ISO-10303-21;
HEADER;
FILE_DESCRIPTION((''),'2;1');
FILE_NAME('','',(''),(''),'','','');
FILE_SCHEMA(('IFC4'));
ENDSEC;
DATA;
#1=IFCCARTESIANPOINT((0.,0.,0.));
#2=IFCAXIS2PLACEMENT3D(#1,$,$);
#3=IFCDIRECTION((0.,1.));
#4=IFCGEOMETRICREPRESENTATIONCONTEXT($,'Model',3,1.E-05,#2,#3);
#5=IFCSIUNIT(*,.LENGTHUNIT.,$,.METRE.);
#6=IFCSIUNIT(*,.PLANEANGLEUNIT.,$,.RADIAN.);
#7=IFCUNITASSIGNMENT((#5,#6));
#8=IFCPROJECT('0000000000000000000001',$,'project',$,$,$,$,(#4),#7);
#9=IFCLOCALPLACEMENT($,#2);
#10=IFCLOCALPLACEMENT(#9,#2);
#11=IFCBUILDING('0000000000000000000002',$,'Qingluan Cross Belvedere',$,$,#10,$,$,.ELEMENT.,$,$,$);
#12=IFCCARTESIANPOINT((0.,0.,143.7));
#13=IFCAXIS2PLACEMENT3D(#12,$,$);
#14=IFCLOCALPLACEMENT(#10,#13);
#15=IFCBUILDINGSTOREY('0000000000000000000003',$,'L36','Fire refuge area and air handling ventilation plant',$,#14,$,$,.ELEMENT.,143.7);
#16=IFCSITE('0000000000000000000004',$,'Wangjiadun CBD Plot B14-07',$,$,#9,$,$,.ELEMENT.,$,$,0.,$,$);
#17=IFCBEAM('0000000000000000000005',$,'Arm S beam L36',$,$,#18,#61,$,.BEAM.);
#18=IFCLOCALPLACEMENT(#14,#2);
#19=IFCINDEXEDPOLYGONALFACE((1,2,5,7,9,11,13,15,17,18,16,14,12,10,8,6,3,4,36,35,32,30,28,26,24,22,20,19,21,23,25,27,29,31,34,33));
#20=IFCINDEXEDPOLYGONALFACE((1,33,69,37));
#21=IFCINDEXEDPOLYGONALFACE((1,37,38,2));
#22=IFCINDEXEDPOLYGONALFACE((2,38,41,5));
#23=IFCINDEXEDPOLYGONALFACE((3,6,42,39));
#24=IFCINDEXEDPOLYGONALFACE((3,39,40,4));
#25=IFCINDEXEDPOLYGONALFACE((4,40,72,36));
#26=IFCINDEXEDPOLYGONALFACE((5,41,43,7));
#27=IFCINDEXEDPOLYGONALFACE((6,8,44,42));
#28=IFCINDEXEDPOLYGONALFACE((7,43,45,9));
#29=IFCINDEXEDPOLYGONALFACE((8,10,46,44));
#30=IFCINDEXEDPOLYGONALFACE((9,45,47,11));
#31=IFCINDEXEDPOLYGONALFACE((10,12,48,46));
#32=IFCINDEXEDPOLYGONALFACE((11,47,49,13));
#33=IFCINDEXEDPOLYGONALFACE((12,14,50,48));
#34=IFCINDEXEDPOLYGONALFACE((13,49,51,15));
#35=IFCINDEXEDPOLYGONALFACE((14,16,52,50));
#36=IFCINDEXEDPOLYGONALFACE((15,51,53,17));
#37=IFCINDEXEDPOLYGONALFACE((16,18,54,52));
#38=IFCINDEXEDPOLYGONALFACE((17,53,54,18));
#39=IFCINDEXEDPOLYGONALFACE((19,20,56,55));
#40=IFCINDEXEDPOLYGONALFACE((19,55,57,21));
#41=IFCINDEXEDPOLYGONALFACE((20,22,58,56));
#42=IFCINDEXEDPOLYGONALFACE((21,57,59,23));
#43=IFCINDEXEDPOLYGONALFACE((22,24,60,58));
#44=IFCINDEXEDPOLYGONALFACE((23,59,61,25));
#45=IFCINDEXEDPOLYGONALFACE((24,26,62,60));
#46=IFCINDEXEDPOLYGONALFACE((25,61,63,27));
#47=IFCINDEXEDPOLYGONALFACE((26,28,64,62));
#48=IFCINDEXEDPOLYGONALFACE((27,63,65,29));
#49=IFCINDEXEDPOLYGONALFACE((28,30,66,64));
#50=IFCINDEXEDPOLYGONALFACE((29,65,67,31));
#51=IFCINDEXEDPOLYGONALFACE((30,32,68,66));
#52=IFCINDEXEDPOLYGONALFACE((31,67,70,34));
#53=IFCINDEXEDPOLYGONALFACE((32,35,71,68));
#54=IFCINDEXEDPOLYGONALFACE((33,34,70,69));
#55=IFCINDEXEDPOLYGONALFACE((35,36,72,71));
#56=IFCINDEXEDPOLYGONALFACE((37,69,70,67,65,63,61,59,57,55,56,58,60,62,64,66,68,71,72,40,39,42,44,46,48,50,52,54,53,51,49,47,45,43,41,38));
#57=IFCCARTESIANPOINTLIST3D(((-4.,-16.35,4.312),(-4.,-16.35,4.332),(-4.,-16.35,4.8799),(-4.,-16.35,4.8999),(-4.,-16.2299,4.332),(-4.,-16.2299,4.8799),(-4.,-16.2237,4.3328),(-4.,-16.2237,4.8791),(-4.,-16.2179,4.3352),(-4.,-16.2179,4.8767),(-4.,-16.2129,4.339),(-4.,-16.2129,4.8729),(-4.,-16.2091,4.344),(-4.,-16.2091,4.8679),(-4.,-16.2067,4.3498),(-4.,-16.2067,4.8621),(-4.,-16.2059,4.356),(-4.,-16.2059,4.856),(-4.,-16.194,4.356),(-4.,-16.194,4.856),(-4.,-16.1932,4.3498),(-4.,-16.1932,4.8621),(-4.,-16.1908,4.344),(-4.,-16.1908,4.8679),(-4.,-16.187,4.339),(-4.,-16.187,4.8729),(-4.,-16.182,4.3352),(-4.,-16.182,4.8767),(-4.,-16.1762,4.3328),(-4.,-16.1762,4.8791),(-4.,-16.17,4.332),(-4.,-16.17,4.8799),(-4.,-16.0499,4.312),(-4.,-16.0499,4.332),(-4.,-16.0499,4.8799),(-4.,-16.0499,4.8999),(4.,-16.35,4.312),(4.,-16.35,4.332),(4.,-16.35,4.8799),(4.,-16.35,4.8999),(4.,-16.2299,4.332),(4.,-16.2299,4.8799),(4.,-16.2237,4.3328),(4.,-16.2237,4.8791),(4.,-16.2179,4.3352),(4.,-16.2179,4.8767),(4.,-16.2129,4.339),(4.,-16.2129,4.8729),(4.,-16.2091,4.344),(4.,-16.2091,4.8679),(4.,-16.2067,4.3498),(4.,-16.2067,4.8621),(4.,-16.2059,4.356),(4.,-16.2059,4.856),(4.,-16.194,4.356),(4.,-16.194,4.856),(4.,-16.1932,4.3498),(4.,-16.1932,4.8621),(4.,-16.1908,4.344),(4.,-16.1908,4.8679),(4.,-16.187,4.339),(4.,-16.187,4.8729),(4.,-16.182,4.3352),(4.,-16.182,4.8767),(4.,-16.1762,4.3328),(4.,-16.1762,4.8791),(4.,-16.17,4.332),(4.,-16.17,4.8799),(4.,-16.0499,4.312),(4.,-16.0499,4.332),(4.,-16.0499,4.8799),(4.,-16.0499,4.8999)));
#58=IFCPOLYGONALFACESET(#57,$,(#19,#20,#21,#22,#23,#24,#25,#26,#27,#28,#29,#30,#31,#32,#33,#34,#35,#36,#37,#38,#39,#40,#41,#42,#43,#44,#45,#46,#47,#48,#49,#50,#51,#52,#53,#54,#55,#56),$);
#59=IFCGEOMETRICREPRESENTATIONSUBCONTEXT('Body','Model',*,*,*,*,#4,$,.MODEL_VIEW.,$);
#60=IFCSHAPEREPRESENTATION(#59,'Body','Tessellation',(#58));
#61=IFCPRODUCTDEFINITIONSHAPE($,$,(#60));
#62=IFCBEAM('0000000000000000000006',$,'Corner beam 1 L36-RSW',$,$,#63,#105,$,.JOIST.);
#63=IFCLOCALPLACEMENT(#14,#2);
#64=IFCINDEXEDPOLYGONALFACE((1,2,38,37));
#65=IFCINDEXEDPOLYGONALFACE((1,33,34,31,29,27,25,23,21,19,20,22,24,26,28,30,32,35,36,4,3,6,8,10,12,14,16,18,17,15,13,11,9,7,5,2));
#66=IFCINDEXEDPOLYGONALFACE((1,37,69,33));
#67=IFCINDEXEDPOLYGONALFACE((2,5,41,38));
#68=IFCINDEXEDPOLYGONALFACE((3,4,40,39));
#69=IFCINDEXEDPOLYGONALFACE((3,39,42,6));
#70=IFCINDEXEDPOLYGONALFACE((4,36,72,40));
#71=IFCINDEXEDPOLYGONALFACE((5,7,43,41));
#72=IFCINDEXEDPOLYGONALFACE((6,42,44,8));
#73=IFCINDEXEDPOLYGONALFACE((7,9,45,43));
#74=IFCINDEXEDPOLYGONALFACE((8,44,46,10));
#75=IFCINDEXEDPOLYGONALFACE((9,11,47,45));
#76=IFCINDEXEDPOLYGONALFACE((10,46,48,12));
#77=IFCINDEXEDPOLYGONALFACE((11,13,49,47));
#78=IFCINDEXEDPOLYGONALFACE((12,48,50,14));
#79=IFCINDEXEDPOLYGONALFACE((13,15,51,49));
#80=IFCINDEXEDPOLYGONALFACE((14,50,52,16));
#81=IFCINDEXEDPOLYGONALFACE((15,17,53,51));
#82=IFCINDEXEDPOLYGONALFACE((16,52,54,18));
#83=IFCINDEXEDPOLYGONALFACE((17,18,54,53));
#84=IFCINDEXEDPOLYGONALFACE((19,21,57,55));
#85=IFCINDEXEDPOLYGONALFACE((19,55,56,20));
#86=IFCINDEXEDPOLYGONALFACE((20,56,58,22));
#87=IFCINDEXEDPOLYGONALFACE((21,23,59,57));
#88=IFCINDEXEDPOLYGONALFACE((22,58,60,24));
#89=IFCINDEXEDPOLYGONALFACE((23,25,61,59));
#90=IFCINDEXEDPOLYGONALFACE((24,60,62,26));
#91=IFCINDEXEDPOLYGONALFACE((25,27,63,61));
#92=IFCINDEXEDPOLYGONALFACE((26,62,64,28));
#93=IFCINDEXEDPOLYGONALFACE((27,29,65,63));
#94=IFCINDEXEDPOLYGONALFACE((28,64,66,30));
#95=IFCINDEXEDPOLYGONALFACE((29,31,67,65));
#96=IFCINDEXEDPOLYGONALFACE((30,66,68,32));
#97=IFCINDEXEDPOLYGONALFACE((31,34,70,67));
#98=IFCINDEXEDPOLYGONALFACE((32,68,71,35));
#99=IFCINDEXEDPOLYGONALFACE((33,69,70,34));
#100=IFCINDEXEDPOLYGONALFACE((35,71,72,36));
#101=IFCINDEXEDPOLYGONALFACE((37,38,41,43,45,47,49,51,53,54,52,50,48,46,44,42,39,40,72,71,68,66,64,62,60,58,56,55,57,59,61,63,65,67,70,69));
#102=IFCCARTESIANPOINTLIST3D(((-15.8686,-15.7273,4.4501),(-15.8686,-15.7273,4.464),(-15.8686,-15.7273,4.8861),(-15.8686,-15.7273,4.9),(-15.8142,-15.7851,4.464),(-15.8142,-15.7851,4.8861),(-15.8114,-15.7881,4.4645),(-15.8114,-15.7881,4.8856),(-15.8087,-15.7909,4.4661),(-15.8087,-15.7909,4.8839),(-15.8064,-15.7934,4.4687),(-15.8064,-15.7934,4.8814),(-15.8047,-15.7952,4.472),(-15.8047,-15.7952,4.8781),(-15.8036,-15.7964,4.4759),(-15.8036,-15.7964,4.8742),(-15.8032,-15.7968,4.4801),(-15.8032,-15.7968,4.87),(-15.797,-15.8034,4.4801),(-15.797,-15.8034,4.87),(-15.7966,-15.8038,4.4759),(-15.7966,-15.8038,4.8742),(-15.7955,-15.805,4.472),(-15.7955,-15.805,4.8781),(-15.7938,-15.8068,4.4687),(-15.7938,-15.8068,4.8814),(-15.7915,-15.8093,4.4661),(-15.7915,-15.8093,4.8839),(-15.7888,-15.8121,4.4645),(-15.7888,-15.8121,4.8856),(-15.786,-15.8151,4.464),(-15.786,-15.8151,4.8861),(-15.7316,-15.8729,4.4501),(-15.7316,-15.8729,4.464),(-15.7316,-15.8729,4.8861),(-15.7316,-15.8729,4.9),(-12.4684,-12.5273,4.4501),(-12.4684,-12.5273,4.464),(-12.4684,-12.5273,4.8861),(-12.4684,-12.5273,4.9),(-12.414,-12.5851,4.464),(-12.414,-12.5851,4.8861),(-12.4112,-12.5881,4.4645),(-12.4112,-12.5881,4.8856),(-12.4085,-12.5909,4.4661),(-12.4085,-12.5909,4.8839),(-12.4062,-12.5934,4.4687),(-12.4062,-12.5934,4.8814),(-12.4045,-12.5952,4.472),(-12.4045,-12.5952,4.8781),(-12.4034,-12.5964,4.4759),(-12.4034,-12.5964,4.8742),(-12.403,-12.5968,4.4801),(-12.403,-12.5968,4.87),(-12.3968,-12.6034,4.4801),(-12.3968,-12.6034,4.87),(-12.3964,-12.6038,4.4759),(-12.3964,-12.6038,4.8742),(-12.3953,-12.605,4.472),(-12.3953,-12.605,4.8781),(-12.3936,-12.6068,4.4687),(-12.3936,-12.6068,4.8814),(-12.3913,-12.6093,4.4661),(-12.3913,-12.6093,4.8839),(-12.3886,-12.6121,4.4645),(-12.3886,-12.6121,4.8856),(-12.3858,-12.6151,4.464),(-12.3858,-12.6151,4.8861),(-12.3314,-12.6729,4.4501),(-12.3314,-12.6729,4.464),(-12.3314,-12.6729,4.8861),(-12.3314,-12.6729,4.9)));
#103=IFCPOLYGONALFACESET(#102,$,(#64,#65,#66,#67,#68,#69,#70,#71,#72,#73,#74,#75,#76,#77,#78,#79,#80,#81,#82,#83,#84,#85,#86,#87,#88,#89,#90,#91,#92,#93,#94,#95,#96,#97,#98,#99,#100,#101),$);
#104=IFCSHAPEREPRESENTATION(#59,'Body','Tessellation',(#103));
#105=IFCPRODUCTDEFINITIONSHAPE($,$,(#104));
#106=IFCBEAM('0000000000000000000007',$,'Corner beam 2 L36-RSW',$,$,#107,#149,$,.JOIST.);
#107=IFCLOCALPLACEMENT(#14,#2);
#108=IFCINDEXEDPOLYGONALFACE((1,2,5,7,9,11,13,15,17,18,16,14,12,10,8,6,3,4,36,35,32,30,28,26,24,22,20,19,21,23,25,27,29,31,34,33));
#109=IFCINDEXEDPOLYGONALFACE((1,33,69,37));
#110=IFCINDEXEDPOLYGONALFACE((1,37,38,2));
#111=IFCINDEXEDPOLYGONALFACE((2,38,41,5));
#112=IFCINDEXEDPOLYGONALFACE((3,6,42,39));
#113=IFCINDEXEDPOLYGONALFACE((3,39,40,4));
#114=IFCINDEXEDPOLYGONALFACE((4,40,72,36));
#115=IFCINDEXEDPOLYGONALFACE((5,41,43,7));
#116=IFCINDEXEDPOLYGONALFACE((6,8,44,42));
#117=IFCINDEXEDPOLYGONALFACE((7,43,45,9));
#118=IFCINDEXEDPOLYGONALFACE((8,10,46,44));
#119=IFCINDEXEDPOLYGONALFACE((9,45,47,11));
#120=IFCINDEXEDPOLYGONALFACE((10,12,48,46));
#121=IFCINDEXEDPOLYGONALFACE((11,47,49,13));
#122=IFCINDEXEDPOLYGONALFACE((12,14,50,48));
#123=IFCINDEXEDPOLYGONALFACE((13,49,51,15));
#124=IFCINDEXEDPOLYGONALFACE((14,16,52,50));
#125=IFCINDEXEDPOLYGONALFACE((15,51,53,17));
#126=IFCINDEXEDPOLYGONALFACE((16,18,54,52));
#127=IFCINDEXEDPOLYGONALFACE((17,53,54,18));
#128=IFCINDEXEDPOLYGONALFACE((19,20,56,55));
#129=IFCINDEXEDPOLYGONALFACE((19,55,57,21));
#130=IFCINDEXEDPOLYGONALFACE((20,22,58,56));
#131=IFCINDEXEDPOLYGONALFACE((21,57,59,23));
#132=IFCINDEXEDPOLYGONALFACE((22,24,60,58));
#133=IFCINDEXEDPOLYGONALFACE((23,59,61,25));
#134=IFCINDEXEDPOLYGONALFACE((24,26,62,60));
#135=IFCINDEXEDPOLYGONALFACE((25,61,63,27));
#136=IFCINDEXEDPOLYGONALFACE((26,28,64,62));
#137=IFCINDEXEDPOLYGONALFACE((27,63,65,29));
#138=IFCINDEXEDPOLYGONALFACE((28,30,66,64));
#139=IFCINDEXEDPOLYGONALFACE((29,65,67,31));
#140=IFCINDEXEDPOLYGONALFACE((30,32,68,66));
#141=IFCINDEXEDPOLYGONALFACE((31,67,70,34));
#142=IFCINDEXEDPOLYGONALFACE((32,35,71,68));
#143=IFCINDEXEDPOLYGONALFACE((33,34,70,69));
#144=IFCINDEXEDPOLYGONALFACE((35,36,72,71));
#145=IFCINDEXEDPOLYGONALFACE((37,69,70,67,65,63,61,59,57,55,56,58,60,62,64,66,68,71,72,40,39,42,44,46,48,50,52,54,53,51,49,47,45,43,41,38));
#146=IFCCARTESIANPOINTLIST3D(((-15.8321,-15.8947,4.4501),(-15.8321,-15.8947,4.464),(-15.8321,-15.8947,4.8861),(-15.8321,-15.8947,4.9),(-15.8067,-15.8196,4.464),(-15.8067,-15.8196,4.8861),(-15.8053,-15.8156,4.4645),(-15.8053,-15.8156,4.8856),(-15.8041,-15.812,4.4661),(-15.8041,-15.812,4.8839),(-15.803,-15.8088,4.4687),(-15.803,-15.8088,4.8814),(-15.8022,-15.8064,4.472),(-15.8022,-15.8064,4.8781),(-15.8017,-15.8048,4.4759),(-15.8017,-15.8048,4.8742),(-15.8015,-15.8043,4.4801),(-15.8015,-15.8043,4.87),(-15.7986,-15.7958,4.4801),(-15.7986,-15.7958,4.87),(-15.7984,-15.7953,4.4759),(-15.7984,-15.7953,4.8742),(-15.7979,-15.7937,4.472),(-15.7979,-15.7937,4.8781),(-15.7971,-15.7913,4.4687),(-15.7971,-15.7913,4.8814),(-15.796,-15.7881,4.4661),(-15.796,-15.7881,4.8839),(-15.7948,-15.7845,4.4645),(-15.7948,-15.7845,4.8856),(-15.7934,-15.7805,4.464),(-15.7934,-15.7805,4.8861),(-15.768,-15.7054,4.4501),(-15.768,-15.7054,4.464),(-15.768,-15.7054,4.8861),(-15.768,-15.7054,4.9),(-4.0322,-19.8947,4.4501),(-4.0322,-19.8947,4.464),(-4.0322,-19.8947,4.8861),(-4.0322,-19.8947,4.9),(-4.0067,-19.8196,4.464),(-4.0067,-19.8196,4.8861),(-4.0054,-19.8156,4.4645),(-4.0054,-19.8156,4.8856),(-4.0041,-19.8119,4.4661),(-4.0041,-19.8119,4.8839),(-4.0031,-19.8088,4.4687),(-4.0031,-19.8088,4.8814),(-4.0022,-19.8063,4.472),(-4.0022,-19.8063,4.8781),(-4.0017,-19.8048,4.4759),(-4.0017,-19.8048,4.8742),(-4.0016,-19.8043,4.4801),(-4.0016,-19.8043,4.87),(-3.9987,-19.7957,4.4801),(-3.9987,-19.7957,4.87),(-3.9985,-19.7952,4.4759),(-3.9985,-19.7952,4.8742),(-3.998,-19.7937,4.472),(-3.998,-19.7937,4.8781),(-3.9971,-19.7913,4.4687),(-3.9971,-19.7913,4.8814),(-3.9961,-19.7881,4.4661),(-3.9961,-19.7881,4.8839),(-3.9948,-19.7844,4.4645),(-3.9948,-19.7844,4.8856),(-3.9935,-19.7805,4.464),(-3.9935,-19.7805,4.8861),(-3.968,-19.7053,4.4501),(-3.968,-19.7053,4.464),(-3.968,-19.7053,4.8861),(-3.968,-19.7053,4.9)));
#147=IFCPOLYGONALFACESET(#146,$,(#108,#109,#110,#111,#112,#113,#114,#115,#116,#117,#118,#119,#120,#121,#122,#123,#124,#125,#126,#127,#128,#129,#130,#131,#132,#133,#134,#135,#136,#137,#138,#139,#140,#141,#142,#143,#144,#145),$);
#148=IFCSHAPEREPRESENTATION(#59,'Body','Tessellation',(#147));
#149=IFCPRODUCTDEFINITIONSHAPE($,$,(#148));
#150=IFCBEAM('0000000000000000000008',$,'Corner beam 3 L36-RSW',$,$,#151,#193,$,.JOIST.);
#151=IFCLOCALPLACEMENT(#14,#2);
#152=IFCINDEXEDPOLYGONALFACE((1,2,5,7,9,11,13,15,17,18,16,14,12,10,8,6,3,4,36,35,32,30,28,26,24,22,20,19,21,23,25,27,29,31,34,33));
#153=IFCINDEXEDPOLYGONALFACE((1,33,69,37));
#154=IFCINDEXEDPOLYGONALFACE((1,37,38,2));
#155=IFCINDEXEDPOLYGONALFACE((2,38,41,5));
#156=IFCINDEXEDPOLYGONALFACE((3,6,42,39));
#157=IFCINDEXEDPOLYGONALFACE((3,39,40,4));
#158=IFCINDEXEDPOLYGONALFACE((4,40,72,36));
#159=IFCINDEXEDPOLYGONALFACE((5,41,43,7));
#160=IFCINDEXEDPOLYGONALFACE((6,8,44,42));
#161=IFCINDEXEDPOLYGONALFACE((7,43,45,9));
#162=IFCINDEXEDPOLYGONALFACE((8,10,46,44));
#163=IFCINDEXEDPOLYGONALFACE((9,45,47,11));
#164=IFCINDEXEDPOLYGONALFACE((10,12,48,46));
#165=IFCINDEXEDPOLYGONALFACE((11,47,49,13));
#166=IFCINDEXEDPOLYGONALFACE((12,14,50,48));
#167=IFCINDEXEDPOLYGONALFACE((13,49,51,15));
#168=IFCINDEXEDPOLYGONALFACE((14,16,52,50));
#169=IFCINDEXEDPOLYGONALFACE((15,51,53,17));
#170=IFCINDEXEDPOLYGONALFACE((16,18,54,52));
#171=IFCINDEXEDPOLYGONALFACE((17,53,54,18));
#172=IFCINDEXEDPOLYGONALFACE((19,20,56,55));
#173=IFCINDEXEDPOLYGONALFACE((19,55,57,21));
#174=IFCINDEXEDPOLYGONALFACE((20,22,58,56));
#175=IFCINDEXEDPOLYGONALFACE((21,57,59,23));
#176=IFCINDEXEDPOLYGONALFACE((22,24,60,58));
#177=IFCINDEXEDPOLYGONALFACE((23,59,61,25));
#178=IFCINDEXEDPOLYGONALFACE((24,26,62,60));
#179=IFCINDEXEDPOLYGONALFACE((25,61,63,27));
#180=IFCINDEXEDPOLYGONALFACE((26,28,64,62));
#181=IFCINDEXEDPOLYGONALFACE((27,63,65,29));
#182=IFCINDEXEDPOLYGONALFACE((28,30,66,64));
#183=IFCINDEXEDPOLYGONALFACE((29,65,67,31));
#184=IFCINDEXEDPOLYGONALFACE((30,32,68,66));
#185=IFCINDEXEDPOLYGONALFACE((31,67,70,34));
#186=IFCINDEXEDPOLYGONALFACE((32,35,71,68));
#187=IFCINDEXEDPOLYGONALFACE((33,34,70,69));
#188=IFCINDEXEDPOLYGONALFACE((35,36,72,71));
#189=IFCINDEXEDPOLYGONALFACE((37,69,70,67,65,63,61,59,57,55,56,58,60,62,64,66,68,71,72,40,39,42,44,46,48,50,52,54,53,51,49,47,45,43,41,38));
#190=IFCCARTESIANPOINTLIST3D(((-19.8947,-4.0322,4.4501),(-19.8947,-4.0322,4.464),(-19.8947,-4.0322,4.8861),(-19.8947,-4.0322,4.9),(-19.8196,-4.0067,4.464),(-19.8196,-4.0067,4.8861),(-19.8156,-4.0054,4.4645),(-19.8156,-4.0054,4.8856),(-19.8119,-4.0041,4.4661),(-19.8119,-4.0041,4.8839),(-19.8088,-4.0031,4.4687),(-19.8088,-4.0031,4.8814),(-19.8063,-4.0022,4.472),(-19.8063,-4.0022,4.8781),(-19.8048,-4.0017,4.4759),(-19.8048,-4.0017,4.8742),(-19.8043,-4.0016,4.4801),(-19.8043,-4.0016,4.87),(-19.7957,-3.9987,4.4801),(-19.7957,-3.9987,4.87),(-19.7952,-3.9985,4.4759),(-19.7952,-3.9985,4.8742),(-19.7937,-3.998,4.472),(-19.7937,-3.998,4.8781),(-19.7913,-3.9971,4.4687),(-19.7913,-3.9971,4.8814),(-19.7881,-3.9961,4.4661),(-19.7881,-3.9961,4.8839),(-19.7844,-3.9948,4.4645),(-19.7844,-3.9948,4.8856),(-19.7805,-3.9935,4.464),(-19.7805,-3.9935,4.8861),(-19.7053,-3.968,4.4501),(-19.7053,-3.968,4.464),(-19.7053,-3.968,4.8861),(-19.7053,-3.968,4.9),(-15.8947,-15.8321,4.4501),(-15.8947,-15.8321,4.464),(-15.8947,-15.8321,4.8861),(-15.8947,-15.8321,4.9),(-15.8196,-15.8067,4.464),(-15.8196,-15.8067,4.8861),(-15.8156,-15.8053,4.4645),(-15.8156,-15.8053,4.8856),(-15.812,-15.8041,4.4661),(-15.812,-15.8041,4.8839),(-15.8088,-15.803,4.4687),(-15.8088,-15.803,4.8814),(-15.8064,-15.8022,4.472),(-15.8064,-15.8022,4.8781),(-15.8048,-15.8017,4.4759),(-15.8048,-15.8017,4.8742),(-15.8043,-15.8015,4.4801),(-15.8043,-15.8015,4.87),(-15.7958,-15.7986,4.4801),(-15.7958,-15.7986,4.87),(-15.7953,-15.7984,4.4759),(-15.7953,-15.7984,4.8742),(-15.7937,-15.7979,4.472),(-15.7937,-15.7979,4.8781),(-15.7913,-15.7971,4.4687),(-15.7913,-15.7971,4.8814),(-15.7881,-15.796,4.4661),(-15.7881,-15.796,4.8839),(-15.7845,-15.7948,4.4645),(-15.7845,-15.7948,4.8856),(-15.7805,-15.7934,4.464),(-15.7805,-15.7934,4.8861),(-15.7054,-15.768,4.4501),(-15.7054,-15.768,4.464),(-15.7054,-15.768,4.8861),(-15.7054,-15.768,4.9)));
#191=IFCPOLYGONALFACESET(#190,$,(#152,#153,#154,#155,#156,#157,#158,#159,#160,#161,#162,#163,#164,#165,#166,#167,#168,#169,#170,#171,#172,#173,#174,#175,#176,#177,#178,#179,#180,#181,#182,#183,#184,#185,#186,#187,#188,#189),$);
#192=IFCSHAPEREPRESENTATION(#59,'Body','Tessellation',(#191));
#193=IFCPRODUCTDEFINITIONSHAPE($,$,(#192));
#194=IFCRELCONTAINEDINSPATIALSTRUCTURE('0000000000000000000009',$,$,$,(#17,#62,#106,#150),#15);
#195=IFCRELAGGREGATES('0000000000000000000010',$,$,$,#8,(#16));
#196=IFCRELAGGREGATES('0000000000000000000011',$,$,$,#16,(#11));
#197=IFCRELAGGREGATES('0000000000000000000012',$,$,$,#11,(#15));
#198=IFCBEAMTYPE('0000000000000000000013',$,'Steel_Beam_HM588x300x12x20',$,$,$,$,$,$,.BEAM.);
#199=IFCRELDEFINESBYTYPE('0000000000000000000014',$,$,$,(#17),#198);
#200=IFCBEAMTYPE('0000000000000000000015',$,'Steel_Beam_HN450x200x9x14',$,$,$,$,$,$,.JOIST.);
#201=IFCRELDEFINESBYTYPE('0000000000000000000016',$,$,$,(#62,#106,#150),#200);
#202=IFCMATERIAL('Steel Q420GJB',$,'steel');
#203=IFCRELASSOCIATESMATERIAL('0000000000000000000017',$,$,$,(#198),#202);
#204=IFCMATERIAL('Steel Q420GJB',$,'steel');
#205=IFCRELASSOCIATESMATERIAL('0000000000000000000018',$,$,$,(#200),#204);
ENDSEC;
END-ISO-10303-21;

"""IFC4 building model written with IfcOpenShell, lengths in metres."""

from ifc_helpers import new_model, si_unit, direction, frame, origin, origin_2d, place, context, subcontext, project, spatial, i_section, extrude, material, material_profile, profile_set, type_object, element, save


model = new_model("IFC4")

# Units and contexts
model_context = context("Model", 3, precision=1e-05, world=origin(), true_north=direction((0.0, 1.0)))
body_context = subcontext(model_context, "Body", "Model", "MODEL_VIEW")
ifc_project = project(units=[si_unit("LENGTHUNIT", "METRE"), si_unit("PLANEANGLEUNIT", "RADIAN")], contexts=[model_context])

# Site, building, storey
site_placement = place(None, origin())
site = spatial("IfcSite", under=ifc_project, at=site_placement, Name="Wangjiadun CBD Plot B14-07", CompositionType="ELEMENT", RefElevation=0.0)
building_placement = place(site_placement, origin())
building = spatial("IfcBuilding", under=site, at=building_placement, Name="Qingluan Cross Belvedere", CompositionType="ELEMENT")
storey_placement = place(building_placement, frame((0.0, 0.0, 143.7)))
storey = spatial("IfcBuildingStorey", under=building, at=storey_placement, Name="L36", Description="Fire refuge area and air handling ventilation plant", CompositionType="ELEMENT", Elevation=143.7)

# Beams
ifc_material_1 = material(Name="Steel Q420GJB", Category="steel")
ifc_material_profile_1 = material_profile(ifc_material_1, i_section(OverallWidth=0.3, OverallDepth=0.5879, WebThickness=0.012, FlangeThickness=0.02, FilletRadius=0.0239, at=origin_2d()), Name="HM588x300x12x20")
ifc_profile_set_1 = profile_set([ifc_material_profile_1], Name="Steel Q420GJB")
beam_type_1 = type_object("IfcBeamType", Name="Steel_Beam_HM588x300x12x20", PredefinedType="BEAM", material=ifc_profile_set_1)
for number, where, z_axis, x_axis, name in (
    (1, (-4.0, -16.2, 4.606), (1.0, 0.0, 0.0), (0.0, 1.0, 0.0), "Arm S beam L36"),
):
    element("IfcBeam", number, at=place(storey_placement, frame(where, z_axis=z_axis, x_axis=x_axis)), inside=storey, type_object=beam_type_1, Name=name, PredefinedType="BEAM", context=body_context, shape_type="SweptSolid", body=[
        extrude(i_section(OverallWidth=0.3, OverallDepth=0.5879, WebThickness=0.012, FlangeThickness=0.02, FilletRadius=0.0239, at=origin_2d()), origin(), (0.0, 0.0, 1.0), 8.0),
    ])
ifc_material_2 = material(Name="Steel Q420GJB", Category="steel")
ifc_material_profile_2 = material_profile(ifc_material_2, i_section(OverallWidth=0.2, OverallDepth=0.45, WebThickness=0.009, FlangeThickness=0.0139, FilletRadius=0.0161, at=origin_2d()), Name="HN450x200x9x14")
ifc_profile_set_2 = profile_set([ifc_material_profile_2], Name="Steel Q420GJB")
beam_type_2 = type_object("IfcBeamType", Name="Steel_Beam_HN450x200x9x14", PredefinedType="JOIST", material=ifc_profile_set_2)
beam_1_placement = place(storey_placement, frame((-12.3999, -12.6001, 4.675), z_axis=(-0.72822, -0.685343, 0.0), x_axis=(0.685343, -0.72822, 0.0)))
element("IfcBeam", 2, at=beam_1_placement, inside=storey, type_object=beam_type_2, Name="Corner beam 1 L36-RSW", PredefinedType="JOIST", context=body_context, shape_type="SweptSolid", body=[
    extrude(i_section(OverallWidth=0.2, OverallDepth=0.45, WebThickness=0.009, FlangeThickness=0.0139, FilletRadius=0.0161, at=origin_2d()), origin(), (0.0, 0.0, 1.0), 4.6692),
])
for number, where, z_axis, x_axis, name in (
    (3, (-15.8, -15.8, 4.675), (0.947066, -0.321038, 0.0), (0.321038, 0.947066, 0.0), "Corner beam 2 L36-RSW"),
    (4, (-15.8, -15.8, 4.675), (-0.321038, 0.947066, 0.0), (-0.947066, -0.321038, 0.0), "Corner beam 3 L36-RSW"),
):
    element("IfcBeam", number, at=place(storey_placement, frame(where, z_axis=z_axis, x_axis=x_axis)), inside=storey, type_object=beam_type_2, Name=name, PredefinedType="JOIST", context=body_context, shape_type="SweptSolid", body=[
        extrude(i_section(OverallWidth=0.2, OverallDepth=0.45, WebThickness=0.009, FlangeThickness=0.0139, FilletRadius=0.0161, at=origin_2d()), origin(), (0.0, 0.0, 1.0), 12.4595),
    ])

save(model, "model.ifc")
